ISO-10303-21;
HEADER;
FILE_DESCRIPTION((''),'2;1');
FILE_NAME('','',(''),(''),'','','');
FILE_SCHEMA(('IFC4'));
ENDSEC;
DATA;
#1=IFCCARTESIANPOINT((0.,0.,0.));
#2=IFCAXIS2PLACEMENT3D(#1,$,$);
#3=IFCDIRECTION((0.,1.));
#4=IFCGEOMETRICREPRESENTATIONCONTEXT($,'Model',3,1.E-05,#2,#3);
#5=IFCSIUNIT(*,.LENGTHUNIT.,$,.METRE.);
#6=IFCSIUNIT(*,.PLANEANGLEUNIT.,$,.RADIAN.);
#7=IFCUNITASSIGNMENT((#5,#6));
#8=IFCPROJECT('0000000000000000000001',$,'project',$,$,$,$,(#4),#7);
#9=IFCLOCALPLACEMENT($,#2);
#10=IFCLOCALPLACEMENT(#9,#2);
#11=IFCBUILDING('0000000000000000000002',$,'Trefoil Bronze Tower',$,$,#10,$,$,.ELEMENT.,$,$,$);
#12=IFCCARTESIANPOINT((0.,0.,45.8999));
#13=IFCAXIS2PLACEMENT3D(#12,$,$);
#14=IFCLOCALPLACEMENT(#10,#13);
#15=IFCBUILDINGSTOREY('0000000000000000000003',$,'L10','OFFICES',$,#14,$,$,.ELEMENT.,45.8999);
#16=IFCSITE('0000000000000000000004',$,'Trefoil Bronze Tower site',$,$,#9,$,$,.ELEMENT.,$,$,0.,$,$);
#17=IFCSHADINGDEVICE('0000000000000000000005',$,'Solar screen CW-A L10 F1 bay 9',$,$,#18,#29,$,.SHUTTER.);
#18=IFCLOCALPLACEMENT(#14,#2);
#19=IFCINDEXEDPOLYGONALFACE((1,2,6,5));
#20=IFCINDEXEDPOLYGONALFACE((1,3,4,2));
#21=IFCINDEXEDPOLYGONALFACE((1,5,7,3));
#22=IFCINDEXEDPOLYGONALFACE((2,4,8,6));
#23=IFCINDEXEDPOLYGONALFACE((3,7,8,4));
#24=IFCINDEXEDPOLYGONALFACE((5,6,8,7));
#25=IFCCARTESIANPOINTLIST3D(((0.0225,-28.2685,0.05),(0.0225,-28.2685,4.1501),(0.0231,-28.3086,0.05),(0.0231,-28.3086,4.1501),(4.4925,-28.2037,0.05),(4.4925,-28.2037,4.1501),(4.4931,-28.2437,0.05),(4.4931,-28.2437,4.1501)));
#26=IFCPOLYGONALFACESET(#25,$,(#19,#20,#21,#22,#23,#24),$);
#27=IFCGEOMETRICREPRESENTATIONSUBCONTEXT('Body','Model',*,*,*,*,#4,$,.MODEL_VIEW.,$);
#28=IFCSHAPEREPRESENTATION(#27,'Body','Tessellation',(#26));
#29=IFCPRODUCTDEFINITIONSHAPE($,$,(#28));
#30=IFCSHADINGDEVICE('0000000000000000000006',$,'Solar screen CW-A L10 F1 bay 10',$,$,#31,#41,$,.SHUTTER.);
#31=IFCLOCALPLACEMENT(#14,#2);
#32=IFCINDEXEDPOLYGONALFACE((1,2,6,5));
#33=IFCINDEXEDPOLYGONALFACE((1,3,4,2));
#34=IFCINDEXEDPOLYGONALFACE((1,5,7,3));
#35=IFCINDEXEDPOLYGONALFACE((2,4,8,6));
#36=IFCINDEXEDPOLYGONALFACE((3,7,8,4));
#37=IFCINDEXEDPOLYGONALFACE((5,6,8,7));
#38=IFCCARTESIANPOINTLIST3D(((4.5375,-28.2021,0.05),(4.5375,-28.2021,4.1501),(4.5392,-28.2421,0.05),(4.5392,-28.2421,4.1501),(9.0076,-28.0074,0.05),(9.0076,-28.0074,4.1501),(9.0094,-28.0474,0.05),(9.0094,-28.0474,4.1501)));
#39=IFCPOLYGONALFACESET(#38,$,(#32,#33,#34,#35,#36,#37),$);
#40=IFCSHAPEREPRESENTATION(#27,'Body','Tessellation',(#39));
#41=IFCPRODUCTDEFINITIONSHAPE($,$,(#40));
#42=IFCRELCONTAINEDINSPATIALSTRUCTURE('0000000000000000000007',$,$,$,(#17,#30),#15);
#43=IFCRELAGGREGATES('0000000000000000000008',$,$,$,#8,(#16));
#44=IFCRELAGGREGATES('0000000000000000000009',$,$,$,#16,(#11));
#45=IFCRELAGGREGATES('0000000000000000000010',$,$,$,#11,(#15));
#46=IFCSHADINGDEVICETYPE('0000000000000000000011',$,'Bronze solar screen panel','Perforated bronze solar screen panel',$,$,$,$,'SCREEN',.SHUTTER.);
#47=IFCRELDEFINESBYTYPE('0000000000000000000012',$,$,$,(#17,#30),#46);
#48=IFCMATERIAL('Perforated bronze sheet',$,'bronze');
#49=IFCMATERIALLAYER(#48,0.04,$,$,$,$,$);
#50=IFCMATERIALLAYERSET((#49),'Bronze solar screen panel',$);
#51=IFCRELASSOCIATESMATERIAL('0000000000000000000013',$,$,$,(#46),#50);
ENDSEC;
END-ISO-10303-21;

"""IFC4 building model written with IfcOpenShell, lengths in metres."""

from ifc_helpers import new_model, si_unit, direction, frame, origin, origin_2d, place, context, subcontext, project, spatial, rectangle, extrude, material, layer, layer_set, type_object, element, save


model = new_model("IFC4")

# Units and contexts
model_context = context("Model", 3, precision=1e-05, world=origin(), true_north=direction((0.0, 1.0)))
body_context = subcontext(model_context, "Body", "Model", "MODEL_VIEW")
ifc_project = project(units=[si_unit("LENGTHUNIT", "METRE"), si_unit("PLANEANGLEUNIT", "RADIAN")], contexts=[model_context])

# Site, building, storey
site_placement = place(None, origin())
site = spatial("IfcSite", under=ifc_project, at=site_placement, Name="Trefoil Bronze Tower site", CompositionType="ELEMENT", RefElevation=0.0)
building_placement = place(site_placement, origin())
building = spatial("IfcBuilding", under=site, at=building_placement, Name="Trefoil Bronze Tower", CompositionType="ELEMENT")
storey_placement = place(building_placement, frame((0.0, 0.0, 45.8999)))
storey = spatial("IfcBuildingStorey", under=building, at=storey_placement, Name="L10", Description="OFFICES", CompositionType="ELEMENT", Elevation=45.8999)

# Shading devices
ifc_material_1 = material(Name="Perforated bronze sheet", Category="bronze")
ifc_layer_1 = layer(ifc_material_1, 0.04)
ifc_layer_set_1 = layer_set([ifc_layer_1], Name="Bronze solar screen panel")
shading_device_type = type_object("IfcShadingDeviceType", Name="Bronze solar screen panel", Description="Perforated bronze solar screen panel", ElementType="SCREEN", PredefinedType="SHUTTER", material=ifc_layer_set_1)
shading_device_1_placement = place(storey_placement, frame((2.2578, -28.2561, 0.05), z_axis=(0.0, 0.0, 1.0), x_axis=(0.999895, 0.014509, 0.0)))
element("IfcShadingDevice", 1, at=shading_device_1_placement, inside=storey, type_object=shading_device_type, Name="Solar screen CW-A L10 F1 bay 9", PredefinedType="SHUTTER", context=body_context, shape_type="SweptSolid", body=[
    extrude(rectangle(XDim=4.4705, YDim=0.04, at=origin_2d()), origin(), (0.0, 0.0, 1.0), 4.1001),
])
shading_device_2_placement = place(storey_placement, frame((6.7734, -28.1248, 0.05), z_axis=(0.0, 0.0, 1.0), x_axis=(0.999052, 0.043528, 0.0)))
element("IfcShadingDevice", 2, at=shading_device_2_placement, inside=storey, type_object=shading_device_type, Name="Solar screen CW-A L10 F1 bay 10", PredefinedType="SHUTTER", context=body_context, shape_type="SweptSolid", body=[
    extrude(rectangle(XDim=4.4744, YDim=0.04, at=origin_2d()), origin(), (0.0, 0.0, 1.0), 4.1001),
])

save(model, "model.ifc")
